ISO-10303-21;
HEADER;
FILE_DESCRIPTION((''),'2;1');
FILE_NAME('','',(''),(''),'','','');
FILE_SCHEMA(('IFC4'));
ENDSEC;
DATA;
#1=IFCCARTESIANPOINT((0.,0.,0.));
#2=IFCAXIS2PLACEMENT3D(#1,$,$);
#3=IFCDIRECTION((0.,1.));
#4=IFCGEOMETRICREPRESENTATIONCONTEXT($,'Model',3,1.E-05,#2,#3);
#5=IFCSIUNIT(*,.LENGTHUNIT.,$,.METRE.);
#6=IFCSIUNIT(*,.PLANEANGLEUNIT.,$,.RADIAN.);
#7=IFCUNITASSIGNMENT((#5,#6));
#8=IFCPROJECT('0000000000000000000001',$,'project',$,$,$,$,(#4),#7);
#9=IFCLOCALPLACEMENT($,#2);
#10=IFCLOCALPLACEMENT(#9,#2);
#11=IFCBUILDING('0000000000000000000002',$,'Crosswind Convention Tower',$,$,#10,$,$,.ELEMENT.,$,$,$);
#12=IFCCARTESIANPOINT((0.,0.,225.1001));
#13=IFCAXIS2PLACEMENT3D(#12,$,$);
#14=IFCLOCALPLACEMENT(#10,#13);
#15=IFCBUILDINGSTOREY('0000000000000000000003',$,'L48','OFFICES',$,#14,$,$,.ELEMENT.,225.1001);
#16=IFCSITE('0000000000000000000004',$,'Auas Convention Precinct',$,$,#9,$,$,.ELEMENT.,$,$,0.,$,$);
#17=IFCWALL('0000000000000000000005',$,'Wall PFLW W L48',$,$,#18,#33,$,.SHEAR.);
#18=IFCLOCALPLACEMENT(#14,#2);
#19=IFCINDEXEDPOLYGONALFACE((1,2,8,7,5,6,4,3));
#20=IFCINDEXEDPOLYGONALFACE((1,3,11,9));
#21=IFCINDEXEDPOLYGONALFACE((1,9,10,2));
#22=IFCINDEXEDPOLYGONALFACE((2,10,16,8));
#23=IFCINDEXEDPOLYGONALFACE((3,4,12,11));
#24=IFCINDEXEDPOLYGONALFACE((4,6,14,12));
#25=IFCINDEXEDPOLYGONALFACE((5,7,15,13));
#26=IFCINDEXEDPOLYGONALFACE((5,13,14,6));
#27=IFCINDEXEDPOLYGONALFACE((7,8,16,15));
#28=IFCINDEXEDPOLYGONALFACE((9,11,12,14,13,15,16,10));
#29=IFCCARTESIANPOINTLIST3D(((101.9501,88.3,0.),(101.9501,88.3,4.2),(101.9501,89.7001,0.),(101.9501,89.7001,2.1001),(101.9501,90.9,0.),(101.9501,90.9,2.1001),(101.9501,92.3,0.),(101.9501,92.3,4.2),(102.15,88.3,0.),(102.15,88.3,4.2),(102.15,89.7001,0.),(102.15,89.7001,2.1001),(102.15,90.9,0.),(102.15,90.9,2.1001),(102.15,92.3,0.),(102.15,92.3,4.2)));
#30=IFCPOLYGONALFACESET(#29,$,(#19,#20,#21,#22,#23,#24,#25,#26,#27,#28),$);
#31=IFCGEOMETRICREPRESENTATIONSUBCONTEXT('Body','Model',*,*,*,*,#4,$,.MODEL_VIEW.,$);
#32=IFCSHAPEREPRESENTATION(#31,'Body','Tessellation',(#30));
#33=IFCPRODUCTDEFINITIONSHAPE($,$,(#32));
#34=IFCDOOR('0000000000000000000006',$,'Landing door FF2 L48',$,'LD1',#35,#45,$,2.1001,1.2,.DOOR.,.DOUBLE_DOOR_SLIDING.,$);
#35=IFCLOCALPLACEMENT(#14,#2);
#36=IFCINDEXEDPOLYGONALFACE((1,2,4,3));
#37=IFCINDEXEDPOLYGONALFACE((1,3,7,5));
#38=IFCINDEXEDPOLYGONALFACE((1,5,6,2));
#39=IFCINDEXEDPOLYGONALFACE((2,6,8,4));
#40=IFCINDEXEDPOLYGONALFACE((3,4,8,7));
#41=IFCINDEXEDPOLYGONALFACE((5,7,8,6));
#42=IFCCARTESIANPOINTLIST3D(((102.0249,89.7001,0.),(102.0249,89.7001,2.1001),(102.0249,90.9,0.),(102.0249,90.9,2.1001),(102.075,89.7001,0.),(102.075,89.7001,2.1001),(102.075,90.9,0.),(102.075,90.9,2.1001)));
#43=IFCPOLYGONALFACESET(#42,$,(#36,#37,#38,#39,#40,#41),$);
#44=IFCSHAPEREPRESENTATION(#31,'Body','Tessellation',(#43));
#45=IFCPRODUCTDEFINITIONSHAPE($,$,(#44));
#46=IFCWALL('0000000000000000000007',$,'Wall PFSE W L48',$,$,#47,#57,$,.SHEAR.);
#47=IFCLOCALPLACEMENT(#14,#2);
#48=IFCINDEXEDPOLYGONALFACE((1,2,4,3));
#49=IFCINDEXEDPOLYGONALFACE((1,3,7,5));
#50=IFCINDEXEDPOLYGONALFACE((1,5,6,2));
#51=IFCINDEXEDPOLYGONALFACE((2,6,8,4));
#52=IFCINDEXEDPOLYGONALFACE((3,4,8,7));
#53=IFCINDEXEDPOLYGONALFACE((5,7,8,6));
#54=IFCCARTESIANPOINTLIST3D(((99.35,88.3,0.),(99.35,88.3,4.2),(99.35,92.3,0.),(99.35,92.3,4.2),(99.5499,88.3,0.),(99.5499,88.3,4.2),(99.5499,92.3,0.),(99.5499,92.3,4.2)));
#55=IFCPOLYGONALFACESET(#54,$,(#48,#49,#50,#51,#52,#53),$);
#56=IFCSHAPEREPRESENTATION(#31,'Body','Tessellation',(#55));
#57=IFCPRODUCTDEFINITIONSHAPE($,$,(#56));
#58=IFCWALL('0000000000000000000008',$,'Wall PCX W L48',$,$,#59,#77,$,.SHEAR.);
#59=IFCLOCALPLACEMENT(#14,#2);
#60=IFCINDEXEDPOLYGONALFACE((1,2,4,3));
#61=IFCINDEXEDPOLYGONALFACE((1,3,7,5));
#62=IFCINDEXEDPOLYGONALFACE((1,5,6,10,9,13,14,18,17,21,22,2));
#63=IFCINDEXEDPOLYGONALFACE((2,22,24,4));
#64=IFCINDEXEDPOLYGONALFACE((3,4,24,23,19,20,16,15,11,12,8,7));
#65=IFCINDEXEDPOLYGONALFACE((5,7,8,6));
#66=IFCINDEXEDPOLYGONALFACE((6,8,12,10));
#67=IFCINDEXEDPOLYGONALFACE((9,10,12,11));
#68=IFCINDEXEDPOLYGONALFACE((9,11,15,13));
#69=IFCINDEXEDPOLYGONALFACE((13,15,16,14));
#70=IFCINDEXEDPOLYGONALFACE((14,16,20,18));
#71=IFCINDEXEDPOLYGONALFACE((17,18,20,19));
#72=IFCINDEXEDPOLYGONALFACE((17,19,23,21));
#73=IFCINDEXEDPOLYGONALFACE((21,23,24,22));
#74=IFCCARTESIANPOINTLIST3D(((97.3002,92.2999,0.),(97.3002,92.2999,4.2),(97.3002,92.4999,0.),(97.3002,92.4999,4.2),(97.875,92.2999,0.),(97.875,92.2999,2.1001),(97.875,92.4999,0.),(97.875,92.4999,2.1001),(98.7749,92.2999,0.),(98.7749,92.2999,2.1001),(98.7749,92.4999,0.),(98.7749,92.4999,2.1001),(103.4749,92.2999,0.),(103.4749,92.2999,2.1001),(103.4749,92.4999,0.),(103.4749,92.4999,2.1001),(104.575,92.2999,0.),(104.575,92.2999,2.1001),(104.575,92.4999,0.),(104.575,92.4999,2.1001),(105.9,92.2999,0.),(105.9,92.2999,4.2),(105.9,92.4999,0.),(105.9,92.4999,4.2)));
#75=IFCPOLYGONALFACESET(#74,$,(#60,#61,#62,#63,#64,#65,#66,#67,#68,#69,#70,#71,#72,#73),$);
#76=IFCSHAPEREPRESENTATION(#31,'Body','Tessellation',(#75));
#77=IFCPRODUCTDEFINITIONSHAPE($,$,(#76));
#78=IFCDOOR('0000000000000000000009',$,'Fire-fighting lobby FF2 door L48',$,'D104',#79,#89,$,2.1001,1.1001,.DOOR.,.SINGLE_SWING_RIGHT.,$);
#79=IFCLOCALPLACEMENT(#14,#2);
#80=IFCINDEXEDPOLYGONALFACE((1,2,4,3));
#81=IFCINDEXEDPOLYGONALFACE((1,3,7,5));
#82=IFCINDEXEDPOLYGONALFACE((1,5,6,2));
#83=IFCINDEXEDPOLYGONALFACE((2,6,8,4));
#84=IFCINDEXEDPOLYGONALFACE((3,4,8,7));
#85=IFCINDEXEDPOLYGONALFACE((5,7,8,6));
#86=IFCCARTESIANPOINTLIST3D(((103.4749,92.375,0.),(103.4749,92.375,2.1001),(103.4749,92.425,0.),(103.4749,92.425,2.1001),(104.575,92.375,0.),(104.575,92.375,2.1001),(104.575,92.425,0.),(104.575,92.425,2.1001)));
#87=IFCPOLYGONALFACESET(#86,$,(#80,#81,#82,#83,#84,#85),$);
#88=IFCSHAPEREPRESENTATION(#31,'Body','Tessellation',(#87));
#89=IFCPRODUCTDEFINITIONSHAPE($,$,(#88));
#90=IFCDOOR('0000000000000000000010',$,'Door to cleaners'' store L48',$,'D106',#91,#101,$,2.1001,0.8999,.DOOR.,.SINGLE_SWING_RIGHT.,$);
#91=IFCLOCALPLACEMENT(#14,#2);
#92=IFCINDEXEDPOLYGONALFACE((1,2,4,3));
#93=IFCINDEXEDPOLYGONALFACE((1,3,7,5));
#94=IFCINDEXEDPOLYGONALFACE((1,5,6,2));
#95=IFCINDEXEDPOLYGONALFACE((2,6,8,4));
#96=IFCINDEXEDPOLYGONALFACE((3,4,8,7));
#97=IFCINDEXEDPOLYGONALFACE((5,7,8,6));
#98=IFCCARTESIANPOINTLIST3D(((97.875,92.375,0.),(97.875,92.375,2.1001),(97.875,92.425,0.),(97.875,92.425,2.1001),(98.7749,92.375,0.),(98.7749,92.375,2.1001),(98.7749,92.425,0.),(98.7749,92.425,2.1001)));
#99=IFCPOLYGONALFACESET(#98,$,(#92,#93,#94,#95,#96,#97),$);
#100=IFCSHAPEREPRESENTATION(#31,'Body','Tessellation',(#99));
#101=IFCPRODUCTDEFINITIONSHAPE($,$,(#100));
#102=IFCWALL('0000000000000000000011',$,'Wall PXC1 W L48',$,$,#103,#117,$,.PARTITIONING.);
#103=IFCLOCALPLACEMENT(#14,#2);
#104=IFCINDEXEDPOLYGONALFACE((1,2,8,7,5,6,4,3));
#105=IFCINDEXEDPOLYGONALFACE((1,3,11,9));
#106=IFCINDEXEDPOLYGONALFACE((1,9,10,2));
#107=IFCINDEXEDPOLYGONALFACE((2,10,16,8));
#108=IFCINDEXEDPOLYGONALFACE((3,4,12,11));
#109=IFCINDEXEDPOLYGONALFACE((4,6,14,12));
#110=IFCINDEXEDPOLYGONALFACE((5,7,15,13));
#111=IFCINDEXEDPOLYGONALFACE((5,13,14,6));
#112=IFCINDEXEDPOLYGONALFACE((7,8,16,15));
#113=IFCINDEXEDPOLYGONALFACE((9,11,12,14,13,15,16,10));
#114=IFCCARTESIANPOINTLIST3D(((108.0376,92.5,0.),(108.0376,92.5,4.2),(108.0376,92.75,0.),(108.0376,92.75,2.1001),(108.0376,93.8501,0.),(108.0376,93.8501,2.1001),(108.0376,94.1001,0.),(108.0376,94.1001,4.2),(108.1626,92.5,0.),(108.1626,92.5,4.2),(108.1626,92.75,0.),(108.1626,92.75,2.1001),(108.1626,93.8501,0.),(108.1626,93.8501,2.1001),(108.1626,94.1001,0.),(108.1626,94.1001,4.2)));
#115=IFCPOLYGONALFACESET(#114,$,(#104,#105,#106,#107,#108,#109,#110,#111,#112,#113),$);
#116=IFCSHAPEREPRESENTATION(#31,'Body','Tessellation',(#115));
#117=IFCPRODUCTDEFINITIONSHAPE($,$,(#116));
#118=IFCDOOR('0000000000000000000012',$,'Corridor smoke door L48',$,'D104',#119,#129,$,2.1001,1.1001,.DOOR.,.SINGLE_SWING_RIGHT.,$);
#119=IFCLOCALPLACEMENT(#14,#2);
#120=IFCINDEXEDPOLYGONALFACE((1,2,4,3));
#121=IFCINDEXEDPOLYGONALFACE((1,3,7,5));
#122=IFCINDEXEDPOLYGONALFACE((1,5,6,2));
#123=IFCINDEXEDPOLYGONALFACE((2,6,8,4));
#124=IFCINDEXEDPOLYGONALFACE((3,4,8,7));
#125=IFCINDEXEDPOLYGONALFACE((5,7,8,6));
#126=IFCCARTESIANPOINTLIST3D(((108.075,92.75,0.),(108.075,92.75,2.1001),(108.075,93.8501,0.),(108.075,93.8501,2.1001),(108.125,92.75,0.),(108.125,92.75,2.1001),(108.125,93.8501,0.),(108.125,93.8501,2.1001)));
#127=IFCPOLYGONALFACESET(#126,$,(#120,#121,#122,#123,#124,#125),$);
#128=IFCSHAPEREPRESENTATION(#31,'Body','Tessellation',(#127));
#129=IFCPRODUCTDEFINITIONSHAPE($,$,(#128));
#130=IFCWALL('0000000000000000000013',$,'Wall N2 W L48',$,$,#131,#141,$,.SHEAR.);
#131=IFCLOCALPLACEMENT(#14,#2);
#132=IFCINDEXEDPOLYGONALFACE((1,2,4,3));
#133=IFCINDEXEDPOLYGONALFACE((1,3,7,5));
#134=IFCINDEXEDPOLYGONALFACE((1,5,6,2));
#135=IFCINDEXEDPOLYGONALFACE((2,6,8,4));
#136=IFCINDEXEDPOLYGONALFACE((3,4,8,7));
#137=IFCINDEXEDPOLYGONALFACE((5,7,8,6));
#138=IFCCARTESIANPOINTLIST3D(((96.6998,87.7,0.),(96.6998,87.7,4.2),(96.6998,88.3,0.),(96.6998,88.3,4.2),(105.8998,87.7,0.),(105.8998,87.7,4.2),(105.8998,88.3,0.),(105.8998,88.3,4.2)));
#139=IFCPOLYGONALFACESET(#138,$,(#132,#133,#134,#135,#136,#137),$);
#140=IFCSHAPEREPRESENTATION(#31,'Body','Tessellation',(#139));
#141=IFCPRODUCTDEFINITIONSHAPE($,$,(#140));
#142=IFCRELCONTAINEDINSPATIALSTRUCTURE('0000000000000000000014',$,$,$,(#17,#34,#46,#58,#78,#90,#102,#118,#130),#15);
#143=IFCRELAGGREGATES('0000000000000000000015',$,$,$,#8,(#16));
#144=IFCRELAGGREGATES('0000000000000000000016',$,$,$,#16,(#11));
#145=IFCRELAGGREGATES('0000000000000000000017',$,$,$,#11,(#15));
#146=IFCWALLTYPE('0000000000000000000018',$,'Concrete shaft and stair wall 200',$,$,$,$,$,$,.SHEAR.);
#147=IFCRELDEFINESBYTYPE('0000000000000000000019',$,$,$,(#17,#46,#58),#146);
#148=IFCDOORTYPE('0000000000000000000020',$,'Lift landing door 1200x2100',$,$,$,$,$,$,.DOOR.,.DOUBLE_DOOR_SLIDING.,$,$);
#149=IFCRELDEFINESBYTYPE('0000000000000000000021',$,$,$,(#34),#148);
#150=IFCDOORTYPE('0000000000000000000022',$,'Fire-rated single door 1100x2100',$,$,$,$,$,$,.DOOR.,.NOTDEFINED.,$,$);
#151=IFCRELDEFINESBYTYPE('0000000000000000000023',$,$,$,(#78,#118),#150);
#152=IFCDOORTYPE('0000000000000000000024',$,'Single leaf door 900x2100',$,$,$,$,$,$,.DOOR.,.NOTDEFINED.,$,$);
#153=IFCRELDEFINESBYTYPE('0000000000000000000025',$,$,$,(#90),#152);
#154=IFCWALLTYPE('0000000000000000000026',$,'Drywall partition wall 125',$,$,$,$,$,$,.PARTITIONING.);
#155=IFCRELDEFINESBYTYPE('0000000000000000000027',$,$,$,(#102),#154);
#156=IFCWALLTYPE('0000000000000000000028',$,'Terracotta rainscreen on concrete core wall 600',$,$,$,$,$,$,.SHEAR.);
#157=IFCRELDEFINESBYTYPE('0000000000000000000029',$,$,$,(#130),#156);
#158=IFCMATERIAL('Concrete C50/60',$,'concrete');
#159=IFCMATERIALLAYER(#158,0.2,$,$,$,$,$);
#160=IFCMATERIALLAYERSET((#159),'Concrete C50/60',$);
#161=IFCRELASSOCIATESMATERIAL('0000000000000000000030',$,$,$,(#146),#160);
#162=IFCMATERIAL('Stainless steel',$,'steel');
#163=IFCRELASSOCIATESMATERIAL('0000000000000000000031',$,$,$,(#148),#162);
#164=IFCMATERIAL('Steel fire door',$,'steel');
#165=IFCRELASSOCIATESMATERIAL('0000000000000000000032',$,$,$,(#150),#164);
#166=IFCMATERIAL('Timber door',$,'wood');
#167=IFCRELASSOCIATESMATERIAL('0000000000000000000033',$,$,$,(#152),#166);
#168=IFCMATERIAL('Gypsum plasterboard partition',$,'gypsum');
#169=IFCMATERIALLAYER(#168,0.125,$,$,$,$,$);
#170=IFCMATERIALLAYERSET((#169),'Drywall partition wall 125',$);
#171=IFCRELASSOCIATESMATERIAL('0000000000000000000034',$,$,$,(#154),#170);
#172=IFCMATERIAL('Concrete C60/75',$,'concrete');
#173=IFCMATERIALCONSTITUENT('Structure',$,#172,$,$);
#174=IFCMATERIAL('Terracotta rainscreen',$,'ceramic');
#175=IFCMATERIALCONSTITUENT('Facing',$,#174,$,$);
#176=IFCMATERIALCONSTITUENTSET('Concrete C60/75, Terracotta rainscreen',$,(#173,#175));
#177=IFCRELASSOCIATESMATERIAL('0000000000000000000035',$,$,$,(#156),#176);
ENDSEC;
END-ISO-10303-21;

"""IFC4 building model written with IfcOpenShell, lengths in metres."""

from ifc_helpers import new_model, si_unit, direction, frame, frame_2d, origin, place, context, subcontext, project, spatial, rectangle, extrude, material, layer, layer_set, constituent, constituent_set, type_object, element, fill, save


model = new_model("IFC4")

# Units and contexts
model_context = context("Model", 3, precision=1e-05, world=origin(), true_north=direction((0.0, 1.0)))
body_context = subcontext(model_context, "Body", "Model", "MODEL_VIEW")
ifc_project = project(units=[si_unit("LENGTHUNIT", "METRE"), si_unit("PLANEANGLEUNIT", "RADIAN")], contexts=[model_context])

# Site, building, storey
site_placement = place(None, origin())
site = spatial("IfcSite", under=ifc_project, at=site_placement, Name="Auas Convention Precinct", CompositionType="ELEMENT", RefElevation=0.0)
building_placement = place(site_placement, origin())
building = spatial("IfcBuilding", under=site, at=building_placement, Name="Crosswind Convention Tower", CompositionType="ELEMENT")
storey_placement = place(building_placement, frame((0.0, 0.0, 225.1001)))
storey = spatial("IfcBuildingStorey", under=building, at=storey_placement, Name="L48", Description="OFFICES", CompositionType="ELEMENT", Elevation=225.1001)

# Shared definitions
ifc_material_1 = material(Name="Concrete C50/60", Category="concrete")
ifc_layer_1 = layer(ifc_material_1, 0.2)
ifc_layer_set_1 = layer_set([ifc_layer_1], Name="Concrete C50/60")
wall_type_1 = type_object("IfcWallType", Name="Concrete shaft and stair wall 200", PredefinedType="SHEAR", material=ifc_layer_set_1)

# Wall, opening, door
wall_1_placement = place(storey_placement, frame((102.05, 92.3, 0.0), z_axis=(0.0, 0.0, 1.0), x_axis=(0.0, -1.0, 0.0)))
wall_1 = element("IfcWall", 1, at=wall_1_placement, inside=storey, type_object=wall_type_1, Name="Wall PFLW W L48", PredefinedType="SHEAR", context=body_context, shape_type="SweptSolid", body=[
    extrude(rectangle(XDim=4.0, YDim=0.2, at=frame_2d((2.0, 0.0))), origin(), (0.0, 0.0, 1.0), 4.2),
])
opening_1_placement = place(wall_1_placement, frame((1.3999, 0.0, 0.0)))
opening_1 = element("IfcOpeningElement", 2, at=opening_1_placement, cuts=wall_1, PredefinedType="OPENING", context=body_context, shape_type="SweptSolid", body=[
    extrude(rectangle(XDim=1.2, YDim=2.1001, at=frame_2d((0.6001, 1.05))), frame((0.0, 0.1099, 0.0), z_axis=(0.0, -1.0, 0.0), x_axis=(1.0, 0.0, 0.0)), (0.0, 0.0, 1.0), 0.22),
])
ifc_material_2 = material(Name="Stainless steel", Category="steel")
door_type_1 = type_object("IfcDoorType", Name="Lift landing door 1200x2100", OperationType="DOUBLE_DOOR_SLIDING", PredefinedType="DOOR", material=ifc_material_2)
door_1_placement = place(opening_1_placement, origin())
door_1 = element("IfcDoor", 3, at=door_1_placement, inside=storey, type_object=door_type_1, Name="Landing door FF2 L48", ObjectType="LD1", OperationType="DOUBLE_DOOR_SLIDING", OverallHeight=2.1001, OverallWidth=1.2, PredefinedType="DOOR", context=body_context, shape_type="SweptSolid", body=[
    extrude(rectangle(XDim=1.2, YDim=2.1001, at=frame_2d((0.6001, 1.05))), frame((0.0, 0.0249, 0.0), z_axis=(0.0, -1.0, 0.0), x_axis=(1.0, 0.0, 0.0)), (0.0, 0.0, 1.0), 0.05),
])
fill(opening_1, door_1)

# Wall
wall_2_placement = place(storey_placement, frame((99.45, 92.3, 0.0), z_axis=(0.0, 0.0, 1.0), x_axis=(0.0, -1.0, 0.0)))
element("IfcWall", 4, at=wall_2_placement, inside=storey, type_object=wall_type_1, Name="Wall PFSE W L48", PredefinedType="SHEAR", context=body_context, shape_type="SweptSolid", body=[
    extrude(rectangle(XDim=4.0, YDim=0.2, at=frame_2d((2.0, 0.0))), origin(), (0.0, 0.0, 1.0), 4.2),
])

# Wall, openings, doors
wall_3_placement = place(storey_placement, frame((105.8999, 92.3999, 0.0), z_axis=(0.0, 0.0, 1.0), x_axis=(-1.0, 0.0, 0.0)))
wall_3 = element("IfcWall", 5, at=wall_3_placement, inside=storey, type_object=wall_type_1, Name="Wall PCX W L48", PredefinedType="SHEAR", context=body_context, shape_type="SweptSolid", body=[
    extrude(rectangle(XDim=8.5999, YDim=0.2, at=frame_2d((4.2998, 0.0))), origin(), (0.0, 0.0, 1.0), 4.2),
])
opening_2_placement = place(wall_3_placement, frame((1.325, 0.0, 0.0)))
opening_2 = element("IfcOpeningElement", 6, at=opening_2_placement, cuts=wall_3, PredefinedType="OPENING", context=body_context, shape_type="SweptSolid", body=[
    extrude(rectangle(XDim=1.1001, YDim=2.1001, at=frame_2d((0.55, 1.05))), frame((0.0, 0.1099, 0.0), z_axis=(0.0, -1.0, 0.0), x_axis=(1.0, 0.0, 0.0)), (0.0, 0.0, 1.0), 0.22),
])
opening_3_placement = place(wall_3_placement, frame((7.125, 0.0, 0.0)))
opening_3 = element("IfcOpeningElement", 7, at=opening_3_placement, cuts=wall_3, PredefinedType="OPENING", context=body_context, shape_type="SweptSolid", body=[
    extrude(rectangle(XDim=0.8999, YDim=2.1001, at=frame_2d((0.45, 1.05))), frame((0.0, 0.1099, 0.0), z_axis=(0.0, -1.0, 0.0), x_axis=(1.0, 0.0, 0.0)), (0.0, 0.0, 1.0), 0.22),
])
ifc_material_3 = material(Name="Steel fire door", Category="steel")
door_type_2 = type_object("IfcDoorType", Name="Fire-rated single door 1100x2100", OperationType="NOTDEFINED", PredefinedType="DOOR", material=ifc_material_3)
door_2_placement = place(opening_2_placement, origin())
door_2 = element("IfcDoor", 8, at=door_2_placement, inside=storey, type_object=door_type_2, Name="Fire-fighting lobby FF2 door L48", ObjectType="D104", OperationType="SINGLE_SWING_RIGHT", OverallHeight=2.1001, OverallWidth=1.1001, PredefinedType="DOOR", context=body_context, shape_type="SweptSolid", body=[
    extrude(rectangle(XDim=1.1001, YDim=2.1001, at=frame_2d((0.55, 1.05))), frame((0.0, 0.0249, 0.0), z_axis=(0.0, -1.0, 0.0), x_axis=(1.0, 0.0, 0.0)), (0.0, 0.0, 1.0), 0.05),
])
fill(opening_2, door_2)
ifc_material_4 = material(Name="Timber door", Category="wood")
door_type_3 = type_object("IfcDoorType", Name="Single leaf door 900x2100", OperationType="NOTDEFINED", PredefinedType="DOOR", material=ifc_material_4)
door_3_placement = place(opening_3_placement, origin())
door_3 = element("IfcDoor", 9, at=door_3_placement, inside=storey, type_object=door_type_3, Name="Door to cleaners' store L48", ObjectType="D106", OperationType="SINGLE_SWING_RIGHT", OverallHeight=2.1001, OverallWidth=0.8999, PredefinedType="DOOR", context=body_context, shape_type="SweptSolid", body=[
    extrude(rectangle(XDim=0.8999, YDim=2.1001, at=frame_2d((0.45, 1.05))), frame((0.0, 0.0249, 0.0), z_axis=(0.0, -1.0, 0.0), x_axis=(1.0, 0.0, 0.0)), (0.0, 0.0, 1.0), 0.05),
])
fill(opening_3, door_3)

# Wall, opening, door
ifc_material_5 = material(Name="Gypsum plasterboard partition", Category="gypsum")
ifc_layer_2 = layer(ifc_material_5, 0.125)
ifc_layer_set_2 = layer_set([ifc_layer_2], Name="Drywall partition wall 125")
wall_type_2 = type_object("IfcWallType", Name="Drywall partition wall 125", PredefinedType="PARTITIONING", material=ifc_layer_set_2)
wall_4_placement = place(storey_placement, frame((108.1001, 94.1001, 0.0), z_axis=(0.0, 0.0, 1.0), x_axis=(0.0, -1.0, 0.0)))
wall_4 = element("IfcWall", 10, at=wall_4_placement, inside=storey, type_object=wall_type_2, Name="Wall PXC1 W L48", PredefinedType="PARTITIONING", context=body_context, shape_type="SweptSolid", body=[
    extrude(rectangle(XDim=1.6001, YDim=0.125, at=frame_2d((0.8, 0.0))), origin(), (0.0, 0.0, 1.0), 4.2),
])
opening_4_placement = place(wall_4_placement, frame((0.25, 0.0, 0.0)))
opening_4 = element("IfcOpeningElement", 11, at=opening_4_placement, cuts=wall_4, PredefinedType="OPENING", context=body_context, shape_type="SweptSolid", body=[
    extrude(rectangle(XDim=1.1001, YDim=2.1001, at=frame_2d((0.55, 1.05))), frame((0.0, 0.0725, 0.0), z_axis=(0.0, -1.0, 0.0), x_axis=(1.0, 0.0, 0.0)), (0.0, 0.0, 1.0), 0.145),
])
door_4_placement = place(opening_4_placement, origin())
door_4 = element("IfcDoor", 12, at=door_4_placement, inside=storey, type_object=door_type_2, Name="Corridor smoke door L48", ObjectType="D104", OperationType="SINGLE_SWING_RIGHT", OverallHeight=2.1001, OverallWidth=1.1001, PredefinedType="DOOR", context=body_context, shape_type="SweptSolid", body=[
    extrude(rectangle(XDim=1.1001, YDim=2.1001, at=frame_2d((0.55, 1.05))), frame((0.0, 0.0249, 0.0), z_axis=(0.0, -1.0, 0.0), x_axis=(1.0, 0.0, 0.0)), (0.0, 0.0, 1.0), 0.05),
])
fill(opening_4, door_4)

# Wall
ifc_material_6 = material(Name="Concrete C60/75", Category="concrete")
ifc_constituent_1 = constituent(ifc_material_6, Name="Structure")
ifc_material_7 = material(Name="Terracotta rainscreen", Category="ceramic")
ifc_constituent_2 = constituent(ifc_material_7, Name="Facing")
ifc_constituent_set = constituent_set(constituents=[ifc_constituent_1, ifc_constituent_2], Name="Concrete C60/75, Terracotta rainscreen")
wall_type_3 = type_object("IfcWallType", Name="Terracotta rainscreen on concrete core wall 600", PredefinedType="SHEAR", material=ifc_constituent_set)
wall_5_placement = place(storey_placement, frame((105.8999, 88.0, 0.0), z_axis=(0.0, 0.0, 1.0), x_axis=(-1.0, 0.0, 0.0)))
element("IfcWall", 13, at=wall_5_placement, inside=storey, type_object=wall_type_3, Name="Wall N2 W L48", PredefinedType="SHEAR", context=body_context, shape_type="SweptSolid", body=[
    extrude(rectangle(XDim=9.2, YDim=0.6001, at=frame_2d((4.6001, 0.0))), origin(), (0.0, 0.0, 1.0), 4.2),
])

save(model, "model.ifc")
